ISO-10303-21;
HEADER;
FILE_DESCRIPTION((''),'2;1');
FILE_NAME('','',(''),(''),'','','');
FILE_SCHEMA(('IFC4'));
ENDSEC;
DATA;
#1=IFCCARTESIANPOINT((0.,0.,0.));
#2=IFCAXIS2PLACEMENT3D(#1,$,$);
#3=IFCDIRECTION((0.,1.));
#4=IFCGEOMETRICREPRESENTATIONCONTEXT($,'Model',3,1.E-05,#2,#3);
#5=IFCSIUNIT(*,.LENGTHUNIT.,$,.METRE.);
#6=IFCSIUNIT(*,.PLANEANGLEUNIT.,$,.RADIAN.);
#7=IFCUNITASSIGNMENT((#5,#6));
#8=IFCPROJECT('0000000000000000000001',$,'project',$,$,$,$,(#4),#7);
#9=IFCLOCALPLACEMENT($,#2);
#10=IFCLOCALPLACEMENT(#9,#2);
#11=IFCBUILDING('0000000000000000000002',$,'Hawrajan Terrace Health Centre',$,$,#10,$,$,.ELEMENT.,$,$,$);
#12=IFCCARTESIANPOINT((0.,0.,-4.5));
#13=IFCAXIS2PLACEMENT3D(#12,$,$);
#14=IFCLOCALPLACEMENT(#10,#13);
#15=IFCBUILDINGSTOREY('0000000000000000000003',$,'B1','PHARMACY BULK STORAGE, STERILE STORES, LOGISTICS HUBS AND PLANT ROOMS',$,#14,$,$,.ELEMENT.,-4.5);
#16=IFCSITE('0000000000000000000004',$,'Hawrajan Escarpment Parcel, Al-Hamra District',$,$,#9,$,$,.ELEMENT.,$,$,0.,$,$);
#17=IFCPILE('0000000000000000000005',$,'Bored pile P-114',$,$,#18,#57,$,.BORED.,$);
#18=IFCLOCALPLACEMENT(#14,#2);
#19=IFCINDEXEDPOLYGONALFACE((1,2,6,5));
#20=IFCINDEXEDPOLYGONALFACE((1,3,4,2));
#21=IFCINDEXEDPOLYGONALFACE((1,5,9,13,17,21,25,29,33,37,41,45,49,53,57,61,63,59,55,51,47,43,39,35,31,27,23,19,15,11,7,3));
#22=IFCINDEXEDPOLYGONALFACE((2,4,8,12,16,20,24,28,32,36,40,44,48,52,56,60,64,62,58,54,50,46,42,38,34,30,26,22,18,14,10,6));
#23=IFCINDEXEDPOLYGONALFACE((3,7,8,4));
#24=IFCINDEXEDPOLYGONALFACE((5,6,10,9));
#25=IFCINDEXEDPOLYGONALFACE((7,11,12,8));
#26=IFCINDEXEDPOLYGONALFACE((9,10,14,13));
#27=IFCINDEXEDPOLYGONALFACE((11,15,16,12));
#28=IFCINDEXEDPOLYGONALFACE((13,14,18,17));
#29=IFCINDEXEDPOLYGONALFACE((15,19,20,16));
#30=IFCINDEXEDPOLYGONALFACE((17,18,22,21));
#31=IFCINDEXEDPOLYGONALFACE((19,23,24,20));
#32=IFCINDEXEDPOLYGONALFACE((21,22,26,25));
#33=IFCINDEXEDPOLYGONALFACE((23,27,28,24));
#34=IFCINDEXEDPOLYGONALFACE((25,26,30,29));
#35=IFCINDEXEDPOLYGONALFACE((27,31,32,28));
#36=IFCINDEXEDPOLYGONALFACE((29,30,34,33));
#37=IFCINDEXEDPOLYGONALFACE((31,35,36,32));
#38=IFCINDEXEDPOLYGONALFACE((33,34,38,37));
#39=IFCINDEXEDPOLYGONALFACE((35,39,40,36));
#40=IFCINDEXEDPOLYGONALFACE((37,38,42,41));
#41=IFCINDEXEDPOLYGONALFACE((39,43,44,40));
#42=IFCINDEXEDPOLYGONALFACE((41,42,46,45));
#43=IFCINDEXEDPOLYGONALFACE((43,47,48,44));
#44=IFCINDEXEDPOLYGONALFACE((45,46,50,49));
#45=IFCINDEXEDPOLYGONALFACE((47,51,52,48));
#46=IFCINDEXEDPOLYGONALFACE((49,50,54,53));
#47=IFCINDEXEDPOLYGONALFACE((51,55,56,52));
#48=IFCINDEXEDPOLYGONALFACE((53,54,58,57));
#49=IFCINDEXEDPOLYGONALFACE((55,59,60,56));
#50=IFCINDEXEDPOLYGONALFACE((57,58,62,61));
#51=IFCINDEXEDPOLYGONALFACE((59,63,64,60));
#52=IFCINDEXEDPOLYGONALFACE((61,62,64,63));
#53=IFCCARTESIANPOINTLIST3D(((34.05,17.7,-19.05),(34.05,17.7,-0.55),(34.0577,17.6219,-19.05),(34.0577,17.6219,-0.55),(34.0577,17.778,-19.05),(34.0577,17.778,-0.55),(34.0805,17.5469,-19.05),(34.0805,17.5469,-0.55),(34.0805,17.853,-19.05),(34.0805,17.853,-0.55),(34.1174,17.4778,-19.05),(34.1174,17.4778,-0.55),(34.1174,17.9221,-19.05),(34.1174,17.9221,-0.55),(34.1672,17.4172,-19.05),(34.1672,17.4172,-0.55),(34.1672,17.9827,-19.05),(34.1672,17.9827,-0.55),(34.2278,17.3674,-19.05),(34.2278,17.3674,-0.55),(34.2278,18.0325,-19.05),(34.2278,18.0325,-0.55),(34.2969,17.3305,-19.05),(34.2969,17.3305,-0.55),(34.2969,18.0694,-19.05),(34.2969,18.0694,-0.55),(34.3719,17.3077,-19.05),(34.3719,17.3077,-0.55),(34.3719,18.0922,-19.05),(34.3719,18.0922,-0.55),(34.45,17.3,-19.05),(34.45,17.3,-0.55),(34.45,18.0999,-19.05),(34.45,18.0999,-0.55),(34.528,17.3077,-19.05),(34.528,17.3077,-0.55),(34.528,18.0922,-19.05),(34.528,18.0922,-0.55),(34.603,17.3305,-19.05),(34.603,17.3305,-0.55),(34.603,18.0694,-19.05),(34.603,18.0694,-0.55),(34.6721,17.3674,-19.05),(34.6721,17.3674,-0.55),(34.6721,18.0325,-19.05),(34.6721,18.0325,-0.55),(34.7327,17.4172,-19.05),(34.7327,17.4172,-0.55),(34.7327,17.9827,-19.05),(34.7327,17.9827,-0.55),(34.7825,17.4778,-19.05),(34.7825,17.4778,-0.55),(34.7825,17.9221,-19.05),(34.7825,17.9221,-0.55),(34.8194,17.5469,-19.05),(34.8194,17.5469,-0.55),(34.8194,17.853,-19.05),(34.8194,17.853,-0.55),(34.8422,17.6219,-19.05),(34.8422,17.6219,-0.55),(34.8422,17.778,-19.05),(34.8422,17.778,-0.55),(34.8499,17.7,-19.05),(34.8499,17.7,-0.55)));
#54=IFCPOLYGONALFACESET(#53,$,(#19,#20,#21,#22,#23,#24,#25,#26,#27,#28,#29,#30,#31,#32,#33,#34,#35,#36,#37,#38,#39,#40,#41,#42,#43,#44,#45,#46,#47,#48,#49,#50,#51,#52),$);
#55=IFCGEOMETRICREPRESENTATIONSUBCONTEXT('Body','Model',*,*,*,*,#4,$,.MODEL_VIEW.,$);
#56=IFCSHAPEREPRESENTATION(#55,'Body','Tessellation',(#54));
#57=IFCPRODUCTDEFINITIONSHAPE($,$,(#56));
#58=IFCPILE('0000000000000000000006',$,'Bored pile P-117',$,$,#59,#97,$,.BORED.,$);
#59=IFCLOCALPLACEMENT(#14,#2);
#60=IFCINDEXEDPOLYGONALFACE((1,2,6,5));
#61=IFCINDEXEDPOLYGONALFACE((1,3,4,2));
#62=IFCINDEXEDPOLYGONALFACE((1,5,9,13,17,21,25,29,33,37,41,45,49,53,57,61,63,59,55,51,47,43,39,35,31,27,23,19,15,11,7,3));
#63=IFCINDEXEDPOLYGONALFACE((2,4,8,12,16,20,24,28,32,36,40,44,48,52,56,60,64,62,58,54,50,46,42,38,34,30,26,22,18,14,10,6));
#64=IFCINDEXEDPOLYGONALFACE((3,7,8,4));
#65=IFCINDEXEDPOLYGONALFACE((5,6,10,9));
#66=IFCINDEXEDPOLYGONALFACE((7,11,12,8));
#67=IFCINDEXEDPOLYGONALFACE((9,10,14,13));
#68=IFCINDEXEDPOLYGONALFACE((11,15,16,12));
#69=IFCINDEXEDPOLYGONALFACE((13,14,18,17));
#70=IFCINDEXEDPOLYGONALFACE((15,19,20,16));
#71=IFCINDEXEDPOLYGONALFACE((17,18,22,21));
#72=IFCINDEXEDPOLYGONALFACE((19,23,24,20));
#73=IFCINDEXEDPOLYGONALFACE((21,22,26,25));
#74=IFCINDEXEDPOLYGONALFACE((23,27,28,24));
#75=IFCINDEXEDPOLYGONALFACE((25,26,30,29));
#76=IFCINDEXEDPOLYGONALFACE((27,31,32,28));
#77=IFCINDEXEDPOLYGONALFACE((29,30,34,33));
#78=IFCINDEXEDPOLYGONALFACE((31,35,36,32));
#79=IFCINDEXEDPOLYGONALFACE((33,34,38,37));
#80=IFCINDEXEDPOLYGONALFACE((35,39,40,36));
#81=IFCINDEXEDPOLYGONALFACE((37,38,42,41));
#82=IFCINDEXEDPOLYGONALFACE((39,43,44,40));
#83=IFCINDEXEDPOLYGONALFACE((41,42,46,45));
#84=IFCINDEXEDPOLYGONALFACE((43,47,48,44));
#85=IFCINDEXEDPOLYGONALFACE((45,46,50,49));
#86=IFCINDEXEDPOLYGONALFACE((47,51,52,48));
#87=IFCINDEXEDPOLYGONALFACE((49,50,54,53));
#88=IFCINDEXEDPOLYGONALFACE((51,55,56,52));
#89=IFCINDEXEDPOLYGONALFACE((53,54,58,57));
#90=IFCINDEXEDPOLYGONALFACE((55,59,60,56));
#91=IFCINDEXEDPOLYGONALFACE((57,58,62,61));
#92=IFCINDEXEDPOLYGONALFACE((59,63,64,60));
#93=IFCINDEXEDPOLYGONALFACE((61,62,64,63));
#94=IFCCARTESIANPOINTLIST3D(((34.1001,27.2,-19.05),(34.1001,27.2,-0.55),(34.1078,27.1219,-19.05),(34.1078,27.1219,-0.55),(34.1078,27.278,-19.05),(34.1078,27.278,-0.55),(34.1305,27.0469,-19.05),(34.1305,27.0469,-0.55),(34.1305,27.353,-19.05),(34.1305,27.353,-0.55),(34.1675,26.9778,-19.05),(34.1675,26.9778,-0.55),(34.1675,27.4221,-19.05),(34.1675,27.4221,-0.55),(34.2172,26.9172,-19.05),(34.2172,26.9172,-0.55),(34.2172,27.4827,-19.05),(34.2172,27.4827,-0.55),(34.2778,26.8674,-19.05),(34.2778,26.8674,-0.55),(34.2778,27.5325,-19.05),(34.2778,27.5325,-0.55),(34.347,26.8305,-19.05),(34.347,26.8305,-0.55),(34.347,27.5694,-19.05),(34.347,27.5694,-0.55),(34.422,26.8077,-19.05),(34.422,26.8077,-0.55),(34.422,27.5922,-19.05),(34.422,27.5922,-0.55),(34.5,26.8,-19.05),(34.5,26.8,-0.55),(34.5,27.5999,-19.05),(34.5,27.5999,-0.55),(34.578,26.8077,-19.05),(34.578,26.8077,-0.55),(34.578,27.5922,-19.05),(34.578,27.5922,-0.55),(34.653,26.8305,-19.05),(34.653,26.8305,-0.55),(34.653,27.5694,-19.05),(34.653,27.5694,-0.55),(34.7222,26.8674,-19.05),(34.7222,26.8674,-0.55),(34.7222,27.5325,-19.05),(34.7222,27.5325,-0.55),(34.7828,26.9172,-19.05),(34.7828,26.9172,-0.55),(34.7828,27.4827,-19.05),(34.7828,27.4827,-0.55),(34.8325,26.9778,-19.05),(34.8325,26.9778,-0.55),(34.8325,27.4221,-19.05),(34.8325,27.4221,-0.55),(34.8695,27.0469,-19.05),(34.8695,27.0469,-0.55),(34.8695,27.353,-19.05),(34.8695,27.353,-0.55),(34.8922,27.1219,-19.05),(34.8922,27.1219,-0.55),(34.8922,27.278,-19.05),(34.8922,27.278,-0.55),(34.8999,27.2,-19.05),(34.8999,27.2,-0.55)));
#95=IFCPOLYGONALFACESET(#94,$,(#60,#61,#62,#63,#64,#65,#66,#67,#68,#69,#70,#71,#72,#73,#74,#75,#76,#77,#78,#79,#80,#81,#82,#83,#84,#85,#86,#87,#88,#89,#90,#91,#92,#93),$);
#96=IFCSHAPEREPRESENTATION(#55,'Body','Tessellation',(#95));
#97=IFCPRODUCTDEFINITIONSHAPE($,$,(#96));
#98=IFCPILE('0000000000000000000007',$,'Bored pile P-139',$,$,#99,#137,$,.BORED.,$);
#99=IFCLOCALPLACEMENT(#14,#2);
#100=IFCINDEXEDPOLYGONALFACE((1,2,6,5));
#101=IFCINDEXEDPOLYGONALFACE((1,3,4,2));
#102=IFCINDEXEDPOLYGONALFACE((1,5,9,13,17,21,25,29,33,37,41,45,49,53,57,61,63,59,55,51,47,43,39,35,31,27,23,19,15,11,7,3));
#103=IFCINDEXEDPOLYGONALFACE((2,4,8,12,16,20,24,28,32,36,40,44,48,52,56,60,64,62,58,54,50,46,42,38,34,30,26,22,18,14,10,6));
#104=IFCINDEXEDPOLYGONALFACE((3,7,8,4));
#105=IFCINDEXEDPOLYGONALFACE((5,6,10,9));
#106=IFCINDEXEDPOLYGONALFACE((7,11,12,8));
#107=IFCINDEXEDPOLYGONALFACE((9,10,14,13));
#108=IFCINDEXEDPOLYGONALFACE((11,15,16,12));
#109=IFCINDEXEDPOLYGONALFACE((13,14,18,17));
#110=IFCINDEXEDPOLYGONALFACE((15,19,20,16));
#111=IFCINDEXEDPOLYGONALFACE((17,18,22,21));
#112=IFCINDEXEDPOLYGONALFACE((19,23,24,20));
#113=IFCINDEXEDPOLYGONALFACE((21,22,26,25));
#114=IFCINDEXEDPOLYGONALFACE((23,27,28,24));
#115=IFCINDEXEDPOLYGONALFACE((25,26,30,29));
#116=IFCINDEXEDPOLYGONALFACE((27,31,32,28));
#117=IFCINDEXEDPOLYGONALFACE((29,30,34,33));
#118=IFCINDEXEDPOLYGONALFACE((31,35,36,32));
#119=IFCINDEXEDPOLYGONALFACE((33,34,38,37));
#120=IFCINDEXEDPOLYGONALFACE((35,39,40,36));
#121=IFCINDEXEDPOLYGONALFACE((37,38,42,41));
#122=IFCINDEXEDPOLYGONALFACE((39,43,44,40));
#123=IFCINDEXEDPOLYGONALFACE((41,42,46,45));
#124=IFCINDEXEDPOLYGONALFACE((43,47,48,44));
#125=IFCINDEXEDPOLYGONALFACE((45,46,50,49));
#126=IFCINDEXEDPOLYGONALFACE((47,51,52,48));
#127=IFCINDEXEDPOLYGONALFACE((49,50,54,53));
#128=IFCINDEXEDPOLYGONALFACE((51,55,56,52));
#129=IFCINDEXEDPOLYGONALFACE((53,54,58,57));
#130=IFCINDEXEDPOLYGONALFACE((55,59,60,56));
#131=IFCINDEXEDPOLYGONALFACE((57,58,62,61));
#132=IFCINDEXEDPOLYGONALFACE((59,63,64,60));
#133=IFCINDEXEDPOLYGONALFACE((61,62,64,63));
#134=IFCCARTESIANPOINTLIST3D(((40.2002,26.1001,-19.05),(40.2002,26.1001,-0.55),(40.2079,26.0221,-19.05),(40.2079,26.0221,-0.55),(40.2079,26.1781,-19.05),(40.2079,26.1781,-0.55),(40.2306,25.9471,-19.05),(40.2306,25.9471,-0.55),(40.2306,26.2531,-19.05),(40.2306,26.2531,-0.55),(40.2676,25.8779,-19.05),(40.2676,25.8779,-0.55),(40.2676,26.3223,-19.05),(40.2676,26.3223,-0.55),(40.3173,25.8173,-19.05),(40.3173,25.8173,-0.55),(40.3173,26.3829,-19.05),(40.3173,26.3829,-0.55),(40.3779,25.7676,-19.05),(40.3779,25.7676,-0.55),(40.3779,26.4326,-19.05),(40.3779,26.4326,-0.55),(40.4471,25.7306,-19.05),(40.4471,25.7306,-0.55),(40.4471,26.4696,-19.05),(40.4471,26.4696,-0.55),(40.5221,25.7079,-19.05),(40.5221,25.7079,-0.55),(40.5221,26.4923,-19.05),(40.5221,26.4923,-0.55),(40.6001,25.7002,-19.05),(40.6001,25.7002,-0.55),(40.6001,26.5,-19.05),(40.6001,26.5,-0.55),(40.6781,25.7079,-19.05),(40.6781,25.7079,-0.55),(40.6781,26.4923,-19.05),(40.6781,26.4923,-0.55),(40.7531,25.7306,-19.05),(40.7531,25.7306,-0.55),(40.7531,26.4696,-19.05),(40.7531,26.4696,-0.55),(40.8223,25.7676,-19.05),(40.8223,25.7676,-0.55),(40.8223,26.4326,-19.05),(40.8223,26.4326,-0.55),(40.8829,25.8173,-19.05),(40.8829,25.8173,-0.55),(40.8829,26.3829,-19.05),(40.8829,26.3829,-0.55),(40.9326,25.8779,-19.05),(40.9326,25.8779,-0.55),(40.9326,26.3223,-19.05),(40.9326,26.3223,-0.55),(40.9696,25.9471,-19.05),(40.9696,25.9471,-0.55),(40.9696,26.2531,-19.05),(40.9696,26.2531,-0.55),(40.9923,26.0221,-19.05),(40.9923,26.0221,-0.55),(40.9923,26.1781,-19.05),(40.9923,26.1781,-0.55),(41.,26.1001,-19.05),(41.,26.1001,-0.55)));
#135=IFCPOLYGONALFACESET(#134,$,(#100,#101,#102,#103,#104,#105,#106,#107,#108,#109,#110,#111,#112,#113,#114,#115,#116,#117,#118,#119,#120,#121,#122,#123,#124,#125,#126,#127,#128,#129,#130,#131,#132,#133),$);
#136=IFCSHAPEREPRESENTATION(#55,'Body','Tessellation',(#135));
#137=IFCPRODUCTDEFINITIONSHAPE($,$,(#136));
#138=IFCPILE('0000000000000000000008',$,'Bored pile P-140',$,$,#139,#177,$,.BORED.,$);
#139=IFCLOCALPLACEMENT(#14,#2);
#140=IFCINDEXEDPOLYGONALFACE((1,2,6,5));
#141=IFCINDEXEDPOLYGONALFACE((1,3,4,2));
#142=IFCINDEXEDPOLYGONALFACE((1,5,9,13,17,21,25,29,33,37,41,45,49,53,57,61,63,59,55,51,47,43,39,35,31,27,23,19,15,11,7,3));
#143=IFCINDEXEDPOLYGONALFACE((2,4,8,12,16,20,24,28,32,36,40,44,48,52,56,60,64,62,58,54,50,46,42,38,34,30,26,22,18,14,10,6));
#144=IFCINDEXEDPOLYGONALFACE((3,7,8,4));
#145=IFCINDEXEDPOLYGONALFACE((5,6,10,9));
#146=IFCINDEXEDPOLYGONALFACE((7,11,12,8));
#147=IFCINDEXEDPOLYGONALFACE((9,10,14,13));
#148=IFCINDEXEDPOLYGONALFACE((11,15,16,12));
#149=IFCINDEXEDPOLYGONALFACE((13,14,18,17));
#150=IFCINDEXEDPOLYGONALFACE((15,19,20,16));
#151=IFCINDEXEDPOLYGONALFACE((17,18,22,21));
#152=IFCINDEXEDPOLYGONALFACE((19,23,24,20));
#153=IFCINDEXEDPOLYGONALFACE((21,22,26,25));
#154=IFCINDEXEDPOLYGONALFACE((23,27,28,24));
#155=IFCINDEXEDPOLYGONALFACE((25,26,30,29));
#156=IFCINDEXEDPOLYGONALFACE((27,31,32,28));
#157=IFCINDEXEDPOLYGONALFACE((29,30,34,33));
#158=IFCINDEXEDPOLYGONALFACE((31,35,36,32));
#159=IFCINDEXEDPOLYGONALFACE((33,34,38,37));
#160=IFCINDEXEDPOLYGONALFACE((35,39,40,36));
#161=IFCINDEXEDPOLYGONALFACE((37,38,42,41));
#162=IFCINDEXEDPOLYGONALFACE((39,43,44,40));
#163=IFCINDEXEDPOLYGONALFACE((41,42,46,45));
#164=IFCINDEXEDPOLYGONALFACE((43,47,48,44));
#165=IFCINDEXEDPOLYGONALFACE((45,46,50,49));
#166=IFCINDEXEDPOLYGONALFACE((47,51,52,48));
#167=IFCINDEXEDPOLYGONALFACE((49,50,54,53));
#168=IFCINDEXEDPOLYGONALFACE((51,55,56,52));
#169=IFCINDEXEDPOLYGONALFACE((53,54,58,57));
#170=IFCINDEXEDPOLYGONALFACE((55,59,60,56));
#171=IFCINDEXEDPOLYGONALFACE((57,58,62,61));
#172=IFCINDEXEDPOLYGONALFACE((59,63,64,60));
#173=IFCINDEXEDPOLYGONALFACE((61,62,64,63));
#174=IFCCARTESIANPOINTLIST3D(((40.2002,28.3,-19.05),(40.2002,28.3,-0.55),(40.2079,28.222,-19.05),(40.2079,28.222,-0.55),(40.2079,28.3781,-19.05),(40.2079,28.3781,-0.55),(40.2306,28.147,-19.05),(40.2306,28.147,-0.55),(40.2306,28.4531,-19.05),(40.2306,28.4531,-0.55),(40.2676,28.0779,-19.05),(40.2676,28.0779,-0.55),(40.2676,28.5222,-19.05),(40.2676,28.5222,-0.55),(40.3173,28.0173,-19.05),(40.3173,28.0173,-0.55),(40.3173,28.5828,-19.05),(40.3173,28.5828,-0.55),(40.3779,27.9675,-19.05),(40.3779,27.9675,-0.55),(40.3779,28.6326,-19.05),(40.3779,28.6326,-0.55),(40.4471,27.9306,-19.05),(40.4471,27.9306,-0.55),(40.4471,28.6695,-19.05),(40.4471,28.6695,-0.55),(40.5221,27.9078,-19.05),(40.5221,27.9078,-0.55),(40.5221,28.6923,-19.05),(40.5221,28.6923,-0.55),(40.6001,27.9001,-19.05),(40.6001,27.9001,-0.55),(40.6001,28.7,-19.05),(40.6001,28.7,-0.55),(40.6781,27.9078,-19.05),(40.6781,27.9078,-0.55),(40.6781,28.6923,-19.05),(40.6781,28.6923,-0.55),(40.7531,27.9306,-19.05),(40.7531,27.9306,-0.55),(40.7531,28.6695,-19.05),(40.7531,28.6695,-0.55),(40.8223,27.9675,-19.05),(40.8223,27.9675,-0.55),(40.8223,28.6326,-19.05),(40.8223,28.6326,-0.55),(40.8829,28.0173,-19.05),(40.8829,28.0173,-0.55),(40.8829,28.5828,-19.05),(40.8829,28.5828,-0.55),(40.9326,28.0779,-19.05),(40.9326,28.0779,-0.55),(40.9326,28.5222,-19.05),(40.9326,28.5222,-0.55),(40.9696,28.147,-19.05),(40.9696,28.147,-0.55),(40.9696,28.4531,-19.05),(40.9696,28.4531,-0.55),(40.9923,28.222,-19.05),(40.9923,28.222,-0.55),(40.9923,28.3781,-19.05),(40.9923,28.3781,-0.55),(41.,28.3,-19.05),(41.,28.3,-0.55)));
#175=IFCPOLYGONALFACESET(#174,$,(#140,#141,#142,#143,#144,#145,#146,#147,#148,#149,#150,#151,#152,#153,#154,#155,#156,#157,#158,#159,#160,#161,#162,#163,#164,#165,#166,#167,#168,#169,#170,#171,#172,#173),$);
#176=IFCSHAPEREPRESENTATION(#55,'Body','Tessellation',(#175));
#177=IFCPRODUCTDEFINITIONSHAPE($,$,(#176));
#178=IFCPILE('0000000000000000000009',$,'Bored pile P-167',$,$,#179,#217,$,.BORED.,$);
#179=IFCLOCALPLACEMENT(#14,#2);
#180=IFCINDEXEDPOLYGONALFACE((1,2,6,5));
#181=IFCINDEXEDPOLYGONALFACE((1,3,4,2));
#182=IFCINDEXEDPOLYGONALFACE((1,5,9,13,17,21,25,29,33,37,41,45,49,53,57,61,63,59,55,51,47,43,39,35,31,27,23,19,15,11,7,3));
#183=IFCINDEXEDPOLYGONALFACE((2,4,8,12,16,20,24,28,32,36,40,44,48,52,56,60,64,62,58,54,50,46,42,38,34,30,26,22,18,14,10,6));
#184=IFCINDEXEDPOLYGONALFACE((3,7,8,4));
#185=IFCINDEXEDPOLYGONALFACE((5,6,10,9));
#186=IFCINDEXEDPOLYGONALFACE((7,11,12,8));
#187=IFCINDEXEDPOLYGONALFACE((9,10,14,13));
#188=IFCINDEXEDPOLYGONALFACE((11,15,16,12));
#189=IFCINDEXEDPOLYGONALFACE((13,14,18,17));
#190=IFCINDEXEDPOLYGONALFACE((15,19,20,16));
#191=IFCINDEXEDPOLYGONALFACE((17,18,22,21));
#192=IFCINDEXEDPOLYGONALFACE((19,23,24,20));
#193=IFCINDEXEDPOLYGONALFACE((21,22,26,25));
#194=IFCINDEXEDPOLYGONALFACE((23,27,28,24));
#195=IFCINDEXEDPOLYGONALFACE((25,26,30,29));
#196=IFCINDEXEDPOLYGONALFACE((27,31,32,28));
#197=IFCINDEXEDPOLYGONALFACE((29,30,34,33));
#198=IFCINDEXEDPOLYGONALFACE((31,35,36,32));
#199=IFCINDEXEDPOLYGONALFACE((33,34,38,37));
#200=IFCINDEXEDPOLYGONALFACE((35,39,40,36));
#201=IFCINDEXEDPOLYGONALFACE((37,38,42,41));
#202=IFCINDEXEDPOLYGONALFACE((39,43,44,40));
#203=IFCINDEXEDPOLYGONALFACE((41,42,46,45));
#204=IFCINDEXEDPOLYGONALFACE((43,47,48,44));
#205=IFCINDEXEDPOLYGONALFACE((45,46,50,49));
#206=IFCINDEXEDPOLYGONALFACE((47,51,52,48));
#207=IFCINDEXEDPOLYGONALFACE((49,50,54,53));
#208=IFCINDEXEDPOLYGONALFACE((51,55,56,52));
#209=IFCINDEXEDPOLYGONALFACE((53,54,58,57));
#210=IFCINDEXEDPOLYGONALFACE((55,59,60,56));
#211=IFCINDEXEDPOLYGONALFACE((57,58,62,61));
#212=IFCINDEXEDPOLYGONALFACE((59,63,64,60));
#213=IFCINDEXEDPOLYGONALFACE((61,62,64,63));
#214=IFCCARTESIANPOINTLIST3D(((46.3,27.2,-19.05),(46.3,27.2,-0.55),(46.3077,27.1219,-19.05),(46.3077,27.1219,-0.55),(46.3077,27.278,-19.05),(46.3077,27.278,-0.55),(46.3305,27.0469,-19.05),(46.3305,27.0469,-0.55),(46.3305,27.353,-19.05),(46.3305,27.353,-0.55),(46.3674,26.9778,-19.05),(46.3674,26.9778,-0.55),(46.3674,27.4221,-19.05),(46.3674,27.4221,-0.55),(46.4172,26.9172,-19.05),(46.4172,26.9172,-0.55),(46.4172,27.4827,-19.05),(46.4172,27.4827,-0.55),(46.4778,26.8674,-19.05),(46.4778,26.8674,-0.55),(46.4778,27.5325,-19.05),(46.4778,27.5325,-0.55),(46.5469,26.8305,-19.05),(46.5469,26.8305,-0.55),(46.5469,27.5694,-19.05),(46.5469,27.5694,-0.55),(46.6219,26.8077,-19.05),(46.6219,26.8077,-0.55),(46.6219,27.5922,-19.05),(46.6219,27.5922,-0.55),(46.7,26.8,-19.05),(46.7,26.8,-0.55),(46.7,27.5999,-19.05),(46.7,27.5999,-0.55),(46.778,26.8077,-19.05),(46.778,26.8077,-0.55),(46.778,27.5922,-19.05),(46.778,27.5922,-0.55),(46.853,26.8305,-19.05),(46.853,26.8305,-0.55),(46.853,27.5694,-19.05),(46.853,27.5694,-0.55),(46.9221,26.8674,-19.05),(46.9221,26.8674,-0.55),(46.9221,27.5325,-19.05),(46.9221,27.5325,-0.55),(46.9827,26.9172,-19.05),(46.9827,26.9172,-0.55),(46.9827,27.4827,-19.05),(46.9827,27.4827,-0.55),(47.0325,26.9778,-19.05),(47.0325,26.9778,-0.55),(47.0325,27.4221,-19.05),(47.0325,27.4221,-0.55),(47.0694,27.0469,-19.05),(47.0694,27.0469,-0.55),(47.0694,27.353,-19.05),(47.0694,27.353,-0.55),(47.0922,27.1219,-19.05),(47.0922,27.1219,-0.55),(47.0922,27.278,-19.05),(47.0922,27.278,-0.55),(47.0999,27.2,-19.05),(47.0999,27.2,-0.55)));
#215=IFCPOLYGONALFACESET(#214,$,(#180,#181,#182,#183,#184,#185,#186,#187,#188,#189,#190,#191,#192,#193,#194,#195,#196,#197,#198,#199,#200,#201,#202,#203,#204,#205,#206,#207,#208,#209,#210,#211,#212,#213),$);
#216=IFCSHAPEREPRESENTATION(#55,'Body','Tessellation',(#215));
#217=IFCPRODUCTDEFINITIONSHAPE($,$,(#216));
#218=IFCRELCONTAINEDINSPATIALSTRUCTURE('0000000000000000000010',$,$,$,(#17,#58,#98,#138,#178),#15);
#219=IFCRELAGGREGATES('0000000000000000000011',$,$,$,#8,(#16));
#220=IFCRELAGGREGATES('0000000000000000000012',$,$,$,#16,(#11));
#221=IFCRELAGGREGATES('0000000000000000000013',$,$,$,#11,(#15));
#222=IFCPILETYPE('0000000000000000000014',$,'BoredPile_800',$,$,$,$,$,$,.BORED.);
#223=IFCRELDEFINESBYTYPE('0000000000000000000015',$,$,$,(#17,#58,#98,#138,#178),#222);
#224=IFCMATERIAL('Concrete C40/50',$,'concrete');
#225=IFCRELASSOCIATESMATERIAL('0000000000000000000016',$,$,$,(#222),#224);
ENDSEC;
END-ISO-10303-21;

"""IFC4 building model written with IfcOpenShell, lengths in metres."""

from ifc_helpers import new_model, si_unit, direction, frame, origin, origin_2d, place, context, subcontext, project, spatial, circle, extrude, material, material_profile, profile_set, type_object, element, save


model = new_model("IFC4")

# Units and contexts
model_context = context("Model", 3, precision=1e-05, world=origin(), true_north=direction((0.0, 1.0)))
body_context = subcontext(model_context, "Body", "Model", "MODEL_VIEW")
ifc_project = project(units=[si_unit("LENGTHUNIT", "METRE"), si_unit("PLANEANGLEUNIT", "RADIAN")], contexts=[model_context])

# Site, building, storey
site_placement = place(None, origin())
site = spatial("IfcSite", under=ifc_project, at=site_placement, Name="Hawrajan Escarpment Parcel, Al-Hamra District", CompositionType="ELEMENT", RefElevation=0.0)
building_placement = place(site_placement, origin())
building = spatial("IfcBuilding", under=site, at=building_placement, Name="Hawrajan Terrace Health Centre", CompositionType="ELEMENT")
storey_placement = place(building_placement, frame((0.0, 0.0, -4.5)))
storey = spatial("IfcBuildingStorey", under=building, at=storey_placement, Name="B1", Description="PHARMACY BULK STORAGE, STERILE STORES, LOGISTICS HUBS AND PLANT ROOMS", CompositionType="ELEMENT", Elevation=-4.5)

# Piles
ifc_material_1 = material(Name="Concrete C40/50", Category="concrete")
ifc_material_profile_1 = material_profile(ifc_material_1, circle(Radius=0.3999, at=origin_2d()), Name="BP 800")
ifc_profile_set_1 = profile_set([ifc_material_profile_1], Name="Concrete C40/50")
pile_type_1 = type_object("IfcPileType", Name="BoredPile_800", PredefinedType="BORED", material=ifc_profile_set_1)
for number, where, z_axis, x_axis, name in (
    (1, (34.45, 17.7, -0.55), (0.0, 0.0, -1.0), (1.0, 0.0, 0.0), "Bored pile P-114"),
    (2, (34.5, 27.2, -0.55), (0.0, 0.0, -1.0), (1.0, 0.0, 0.0), "Bored pile P-117"),
    (3, (40.6001, 26.1001, -0.55), (0.0, 0.0, -1.0), (1.0, 0.0, 0.0), "Bored pile P-139"),
    (4, (40.6001, 28.3, -0.55), (0.0, 0.0, -1.0), (1.0, 0.0, 0.0), "Bored pile P-140"),
    (5, (46.7, 27.2, -0.55), (0.0, 0.0, -1.0), (1.0, 0.0, 0.0), "Bored pile P-167"),
):
    element("IfcPile", number, at=place(storey_placement, frame(where, z_axis=z_axis, x_axis=x_axis)), inside=storey, type_object=pile_type_1, Name=name, PredefinedType="BORED", context=body_context, shape_type="SweptSolid", body=[
        extrude(circle(Radius=0.3999, at=origin_2d()), origin(), (0.0, 0.0, 1.0), 18.5),
    ])

save(model, "model.ifc")
